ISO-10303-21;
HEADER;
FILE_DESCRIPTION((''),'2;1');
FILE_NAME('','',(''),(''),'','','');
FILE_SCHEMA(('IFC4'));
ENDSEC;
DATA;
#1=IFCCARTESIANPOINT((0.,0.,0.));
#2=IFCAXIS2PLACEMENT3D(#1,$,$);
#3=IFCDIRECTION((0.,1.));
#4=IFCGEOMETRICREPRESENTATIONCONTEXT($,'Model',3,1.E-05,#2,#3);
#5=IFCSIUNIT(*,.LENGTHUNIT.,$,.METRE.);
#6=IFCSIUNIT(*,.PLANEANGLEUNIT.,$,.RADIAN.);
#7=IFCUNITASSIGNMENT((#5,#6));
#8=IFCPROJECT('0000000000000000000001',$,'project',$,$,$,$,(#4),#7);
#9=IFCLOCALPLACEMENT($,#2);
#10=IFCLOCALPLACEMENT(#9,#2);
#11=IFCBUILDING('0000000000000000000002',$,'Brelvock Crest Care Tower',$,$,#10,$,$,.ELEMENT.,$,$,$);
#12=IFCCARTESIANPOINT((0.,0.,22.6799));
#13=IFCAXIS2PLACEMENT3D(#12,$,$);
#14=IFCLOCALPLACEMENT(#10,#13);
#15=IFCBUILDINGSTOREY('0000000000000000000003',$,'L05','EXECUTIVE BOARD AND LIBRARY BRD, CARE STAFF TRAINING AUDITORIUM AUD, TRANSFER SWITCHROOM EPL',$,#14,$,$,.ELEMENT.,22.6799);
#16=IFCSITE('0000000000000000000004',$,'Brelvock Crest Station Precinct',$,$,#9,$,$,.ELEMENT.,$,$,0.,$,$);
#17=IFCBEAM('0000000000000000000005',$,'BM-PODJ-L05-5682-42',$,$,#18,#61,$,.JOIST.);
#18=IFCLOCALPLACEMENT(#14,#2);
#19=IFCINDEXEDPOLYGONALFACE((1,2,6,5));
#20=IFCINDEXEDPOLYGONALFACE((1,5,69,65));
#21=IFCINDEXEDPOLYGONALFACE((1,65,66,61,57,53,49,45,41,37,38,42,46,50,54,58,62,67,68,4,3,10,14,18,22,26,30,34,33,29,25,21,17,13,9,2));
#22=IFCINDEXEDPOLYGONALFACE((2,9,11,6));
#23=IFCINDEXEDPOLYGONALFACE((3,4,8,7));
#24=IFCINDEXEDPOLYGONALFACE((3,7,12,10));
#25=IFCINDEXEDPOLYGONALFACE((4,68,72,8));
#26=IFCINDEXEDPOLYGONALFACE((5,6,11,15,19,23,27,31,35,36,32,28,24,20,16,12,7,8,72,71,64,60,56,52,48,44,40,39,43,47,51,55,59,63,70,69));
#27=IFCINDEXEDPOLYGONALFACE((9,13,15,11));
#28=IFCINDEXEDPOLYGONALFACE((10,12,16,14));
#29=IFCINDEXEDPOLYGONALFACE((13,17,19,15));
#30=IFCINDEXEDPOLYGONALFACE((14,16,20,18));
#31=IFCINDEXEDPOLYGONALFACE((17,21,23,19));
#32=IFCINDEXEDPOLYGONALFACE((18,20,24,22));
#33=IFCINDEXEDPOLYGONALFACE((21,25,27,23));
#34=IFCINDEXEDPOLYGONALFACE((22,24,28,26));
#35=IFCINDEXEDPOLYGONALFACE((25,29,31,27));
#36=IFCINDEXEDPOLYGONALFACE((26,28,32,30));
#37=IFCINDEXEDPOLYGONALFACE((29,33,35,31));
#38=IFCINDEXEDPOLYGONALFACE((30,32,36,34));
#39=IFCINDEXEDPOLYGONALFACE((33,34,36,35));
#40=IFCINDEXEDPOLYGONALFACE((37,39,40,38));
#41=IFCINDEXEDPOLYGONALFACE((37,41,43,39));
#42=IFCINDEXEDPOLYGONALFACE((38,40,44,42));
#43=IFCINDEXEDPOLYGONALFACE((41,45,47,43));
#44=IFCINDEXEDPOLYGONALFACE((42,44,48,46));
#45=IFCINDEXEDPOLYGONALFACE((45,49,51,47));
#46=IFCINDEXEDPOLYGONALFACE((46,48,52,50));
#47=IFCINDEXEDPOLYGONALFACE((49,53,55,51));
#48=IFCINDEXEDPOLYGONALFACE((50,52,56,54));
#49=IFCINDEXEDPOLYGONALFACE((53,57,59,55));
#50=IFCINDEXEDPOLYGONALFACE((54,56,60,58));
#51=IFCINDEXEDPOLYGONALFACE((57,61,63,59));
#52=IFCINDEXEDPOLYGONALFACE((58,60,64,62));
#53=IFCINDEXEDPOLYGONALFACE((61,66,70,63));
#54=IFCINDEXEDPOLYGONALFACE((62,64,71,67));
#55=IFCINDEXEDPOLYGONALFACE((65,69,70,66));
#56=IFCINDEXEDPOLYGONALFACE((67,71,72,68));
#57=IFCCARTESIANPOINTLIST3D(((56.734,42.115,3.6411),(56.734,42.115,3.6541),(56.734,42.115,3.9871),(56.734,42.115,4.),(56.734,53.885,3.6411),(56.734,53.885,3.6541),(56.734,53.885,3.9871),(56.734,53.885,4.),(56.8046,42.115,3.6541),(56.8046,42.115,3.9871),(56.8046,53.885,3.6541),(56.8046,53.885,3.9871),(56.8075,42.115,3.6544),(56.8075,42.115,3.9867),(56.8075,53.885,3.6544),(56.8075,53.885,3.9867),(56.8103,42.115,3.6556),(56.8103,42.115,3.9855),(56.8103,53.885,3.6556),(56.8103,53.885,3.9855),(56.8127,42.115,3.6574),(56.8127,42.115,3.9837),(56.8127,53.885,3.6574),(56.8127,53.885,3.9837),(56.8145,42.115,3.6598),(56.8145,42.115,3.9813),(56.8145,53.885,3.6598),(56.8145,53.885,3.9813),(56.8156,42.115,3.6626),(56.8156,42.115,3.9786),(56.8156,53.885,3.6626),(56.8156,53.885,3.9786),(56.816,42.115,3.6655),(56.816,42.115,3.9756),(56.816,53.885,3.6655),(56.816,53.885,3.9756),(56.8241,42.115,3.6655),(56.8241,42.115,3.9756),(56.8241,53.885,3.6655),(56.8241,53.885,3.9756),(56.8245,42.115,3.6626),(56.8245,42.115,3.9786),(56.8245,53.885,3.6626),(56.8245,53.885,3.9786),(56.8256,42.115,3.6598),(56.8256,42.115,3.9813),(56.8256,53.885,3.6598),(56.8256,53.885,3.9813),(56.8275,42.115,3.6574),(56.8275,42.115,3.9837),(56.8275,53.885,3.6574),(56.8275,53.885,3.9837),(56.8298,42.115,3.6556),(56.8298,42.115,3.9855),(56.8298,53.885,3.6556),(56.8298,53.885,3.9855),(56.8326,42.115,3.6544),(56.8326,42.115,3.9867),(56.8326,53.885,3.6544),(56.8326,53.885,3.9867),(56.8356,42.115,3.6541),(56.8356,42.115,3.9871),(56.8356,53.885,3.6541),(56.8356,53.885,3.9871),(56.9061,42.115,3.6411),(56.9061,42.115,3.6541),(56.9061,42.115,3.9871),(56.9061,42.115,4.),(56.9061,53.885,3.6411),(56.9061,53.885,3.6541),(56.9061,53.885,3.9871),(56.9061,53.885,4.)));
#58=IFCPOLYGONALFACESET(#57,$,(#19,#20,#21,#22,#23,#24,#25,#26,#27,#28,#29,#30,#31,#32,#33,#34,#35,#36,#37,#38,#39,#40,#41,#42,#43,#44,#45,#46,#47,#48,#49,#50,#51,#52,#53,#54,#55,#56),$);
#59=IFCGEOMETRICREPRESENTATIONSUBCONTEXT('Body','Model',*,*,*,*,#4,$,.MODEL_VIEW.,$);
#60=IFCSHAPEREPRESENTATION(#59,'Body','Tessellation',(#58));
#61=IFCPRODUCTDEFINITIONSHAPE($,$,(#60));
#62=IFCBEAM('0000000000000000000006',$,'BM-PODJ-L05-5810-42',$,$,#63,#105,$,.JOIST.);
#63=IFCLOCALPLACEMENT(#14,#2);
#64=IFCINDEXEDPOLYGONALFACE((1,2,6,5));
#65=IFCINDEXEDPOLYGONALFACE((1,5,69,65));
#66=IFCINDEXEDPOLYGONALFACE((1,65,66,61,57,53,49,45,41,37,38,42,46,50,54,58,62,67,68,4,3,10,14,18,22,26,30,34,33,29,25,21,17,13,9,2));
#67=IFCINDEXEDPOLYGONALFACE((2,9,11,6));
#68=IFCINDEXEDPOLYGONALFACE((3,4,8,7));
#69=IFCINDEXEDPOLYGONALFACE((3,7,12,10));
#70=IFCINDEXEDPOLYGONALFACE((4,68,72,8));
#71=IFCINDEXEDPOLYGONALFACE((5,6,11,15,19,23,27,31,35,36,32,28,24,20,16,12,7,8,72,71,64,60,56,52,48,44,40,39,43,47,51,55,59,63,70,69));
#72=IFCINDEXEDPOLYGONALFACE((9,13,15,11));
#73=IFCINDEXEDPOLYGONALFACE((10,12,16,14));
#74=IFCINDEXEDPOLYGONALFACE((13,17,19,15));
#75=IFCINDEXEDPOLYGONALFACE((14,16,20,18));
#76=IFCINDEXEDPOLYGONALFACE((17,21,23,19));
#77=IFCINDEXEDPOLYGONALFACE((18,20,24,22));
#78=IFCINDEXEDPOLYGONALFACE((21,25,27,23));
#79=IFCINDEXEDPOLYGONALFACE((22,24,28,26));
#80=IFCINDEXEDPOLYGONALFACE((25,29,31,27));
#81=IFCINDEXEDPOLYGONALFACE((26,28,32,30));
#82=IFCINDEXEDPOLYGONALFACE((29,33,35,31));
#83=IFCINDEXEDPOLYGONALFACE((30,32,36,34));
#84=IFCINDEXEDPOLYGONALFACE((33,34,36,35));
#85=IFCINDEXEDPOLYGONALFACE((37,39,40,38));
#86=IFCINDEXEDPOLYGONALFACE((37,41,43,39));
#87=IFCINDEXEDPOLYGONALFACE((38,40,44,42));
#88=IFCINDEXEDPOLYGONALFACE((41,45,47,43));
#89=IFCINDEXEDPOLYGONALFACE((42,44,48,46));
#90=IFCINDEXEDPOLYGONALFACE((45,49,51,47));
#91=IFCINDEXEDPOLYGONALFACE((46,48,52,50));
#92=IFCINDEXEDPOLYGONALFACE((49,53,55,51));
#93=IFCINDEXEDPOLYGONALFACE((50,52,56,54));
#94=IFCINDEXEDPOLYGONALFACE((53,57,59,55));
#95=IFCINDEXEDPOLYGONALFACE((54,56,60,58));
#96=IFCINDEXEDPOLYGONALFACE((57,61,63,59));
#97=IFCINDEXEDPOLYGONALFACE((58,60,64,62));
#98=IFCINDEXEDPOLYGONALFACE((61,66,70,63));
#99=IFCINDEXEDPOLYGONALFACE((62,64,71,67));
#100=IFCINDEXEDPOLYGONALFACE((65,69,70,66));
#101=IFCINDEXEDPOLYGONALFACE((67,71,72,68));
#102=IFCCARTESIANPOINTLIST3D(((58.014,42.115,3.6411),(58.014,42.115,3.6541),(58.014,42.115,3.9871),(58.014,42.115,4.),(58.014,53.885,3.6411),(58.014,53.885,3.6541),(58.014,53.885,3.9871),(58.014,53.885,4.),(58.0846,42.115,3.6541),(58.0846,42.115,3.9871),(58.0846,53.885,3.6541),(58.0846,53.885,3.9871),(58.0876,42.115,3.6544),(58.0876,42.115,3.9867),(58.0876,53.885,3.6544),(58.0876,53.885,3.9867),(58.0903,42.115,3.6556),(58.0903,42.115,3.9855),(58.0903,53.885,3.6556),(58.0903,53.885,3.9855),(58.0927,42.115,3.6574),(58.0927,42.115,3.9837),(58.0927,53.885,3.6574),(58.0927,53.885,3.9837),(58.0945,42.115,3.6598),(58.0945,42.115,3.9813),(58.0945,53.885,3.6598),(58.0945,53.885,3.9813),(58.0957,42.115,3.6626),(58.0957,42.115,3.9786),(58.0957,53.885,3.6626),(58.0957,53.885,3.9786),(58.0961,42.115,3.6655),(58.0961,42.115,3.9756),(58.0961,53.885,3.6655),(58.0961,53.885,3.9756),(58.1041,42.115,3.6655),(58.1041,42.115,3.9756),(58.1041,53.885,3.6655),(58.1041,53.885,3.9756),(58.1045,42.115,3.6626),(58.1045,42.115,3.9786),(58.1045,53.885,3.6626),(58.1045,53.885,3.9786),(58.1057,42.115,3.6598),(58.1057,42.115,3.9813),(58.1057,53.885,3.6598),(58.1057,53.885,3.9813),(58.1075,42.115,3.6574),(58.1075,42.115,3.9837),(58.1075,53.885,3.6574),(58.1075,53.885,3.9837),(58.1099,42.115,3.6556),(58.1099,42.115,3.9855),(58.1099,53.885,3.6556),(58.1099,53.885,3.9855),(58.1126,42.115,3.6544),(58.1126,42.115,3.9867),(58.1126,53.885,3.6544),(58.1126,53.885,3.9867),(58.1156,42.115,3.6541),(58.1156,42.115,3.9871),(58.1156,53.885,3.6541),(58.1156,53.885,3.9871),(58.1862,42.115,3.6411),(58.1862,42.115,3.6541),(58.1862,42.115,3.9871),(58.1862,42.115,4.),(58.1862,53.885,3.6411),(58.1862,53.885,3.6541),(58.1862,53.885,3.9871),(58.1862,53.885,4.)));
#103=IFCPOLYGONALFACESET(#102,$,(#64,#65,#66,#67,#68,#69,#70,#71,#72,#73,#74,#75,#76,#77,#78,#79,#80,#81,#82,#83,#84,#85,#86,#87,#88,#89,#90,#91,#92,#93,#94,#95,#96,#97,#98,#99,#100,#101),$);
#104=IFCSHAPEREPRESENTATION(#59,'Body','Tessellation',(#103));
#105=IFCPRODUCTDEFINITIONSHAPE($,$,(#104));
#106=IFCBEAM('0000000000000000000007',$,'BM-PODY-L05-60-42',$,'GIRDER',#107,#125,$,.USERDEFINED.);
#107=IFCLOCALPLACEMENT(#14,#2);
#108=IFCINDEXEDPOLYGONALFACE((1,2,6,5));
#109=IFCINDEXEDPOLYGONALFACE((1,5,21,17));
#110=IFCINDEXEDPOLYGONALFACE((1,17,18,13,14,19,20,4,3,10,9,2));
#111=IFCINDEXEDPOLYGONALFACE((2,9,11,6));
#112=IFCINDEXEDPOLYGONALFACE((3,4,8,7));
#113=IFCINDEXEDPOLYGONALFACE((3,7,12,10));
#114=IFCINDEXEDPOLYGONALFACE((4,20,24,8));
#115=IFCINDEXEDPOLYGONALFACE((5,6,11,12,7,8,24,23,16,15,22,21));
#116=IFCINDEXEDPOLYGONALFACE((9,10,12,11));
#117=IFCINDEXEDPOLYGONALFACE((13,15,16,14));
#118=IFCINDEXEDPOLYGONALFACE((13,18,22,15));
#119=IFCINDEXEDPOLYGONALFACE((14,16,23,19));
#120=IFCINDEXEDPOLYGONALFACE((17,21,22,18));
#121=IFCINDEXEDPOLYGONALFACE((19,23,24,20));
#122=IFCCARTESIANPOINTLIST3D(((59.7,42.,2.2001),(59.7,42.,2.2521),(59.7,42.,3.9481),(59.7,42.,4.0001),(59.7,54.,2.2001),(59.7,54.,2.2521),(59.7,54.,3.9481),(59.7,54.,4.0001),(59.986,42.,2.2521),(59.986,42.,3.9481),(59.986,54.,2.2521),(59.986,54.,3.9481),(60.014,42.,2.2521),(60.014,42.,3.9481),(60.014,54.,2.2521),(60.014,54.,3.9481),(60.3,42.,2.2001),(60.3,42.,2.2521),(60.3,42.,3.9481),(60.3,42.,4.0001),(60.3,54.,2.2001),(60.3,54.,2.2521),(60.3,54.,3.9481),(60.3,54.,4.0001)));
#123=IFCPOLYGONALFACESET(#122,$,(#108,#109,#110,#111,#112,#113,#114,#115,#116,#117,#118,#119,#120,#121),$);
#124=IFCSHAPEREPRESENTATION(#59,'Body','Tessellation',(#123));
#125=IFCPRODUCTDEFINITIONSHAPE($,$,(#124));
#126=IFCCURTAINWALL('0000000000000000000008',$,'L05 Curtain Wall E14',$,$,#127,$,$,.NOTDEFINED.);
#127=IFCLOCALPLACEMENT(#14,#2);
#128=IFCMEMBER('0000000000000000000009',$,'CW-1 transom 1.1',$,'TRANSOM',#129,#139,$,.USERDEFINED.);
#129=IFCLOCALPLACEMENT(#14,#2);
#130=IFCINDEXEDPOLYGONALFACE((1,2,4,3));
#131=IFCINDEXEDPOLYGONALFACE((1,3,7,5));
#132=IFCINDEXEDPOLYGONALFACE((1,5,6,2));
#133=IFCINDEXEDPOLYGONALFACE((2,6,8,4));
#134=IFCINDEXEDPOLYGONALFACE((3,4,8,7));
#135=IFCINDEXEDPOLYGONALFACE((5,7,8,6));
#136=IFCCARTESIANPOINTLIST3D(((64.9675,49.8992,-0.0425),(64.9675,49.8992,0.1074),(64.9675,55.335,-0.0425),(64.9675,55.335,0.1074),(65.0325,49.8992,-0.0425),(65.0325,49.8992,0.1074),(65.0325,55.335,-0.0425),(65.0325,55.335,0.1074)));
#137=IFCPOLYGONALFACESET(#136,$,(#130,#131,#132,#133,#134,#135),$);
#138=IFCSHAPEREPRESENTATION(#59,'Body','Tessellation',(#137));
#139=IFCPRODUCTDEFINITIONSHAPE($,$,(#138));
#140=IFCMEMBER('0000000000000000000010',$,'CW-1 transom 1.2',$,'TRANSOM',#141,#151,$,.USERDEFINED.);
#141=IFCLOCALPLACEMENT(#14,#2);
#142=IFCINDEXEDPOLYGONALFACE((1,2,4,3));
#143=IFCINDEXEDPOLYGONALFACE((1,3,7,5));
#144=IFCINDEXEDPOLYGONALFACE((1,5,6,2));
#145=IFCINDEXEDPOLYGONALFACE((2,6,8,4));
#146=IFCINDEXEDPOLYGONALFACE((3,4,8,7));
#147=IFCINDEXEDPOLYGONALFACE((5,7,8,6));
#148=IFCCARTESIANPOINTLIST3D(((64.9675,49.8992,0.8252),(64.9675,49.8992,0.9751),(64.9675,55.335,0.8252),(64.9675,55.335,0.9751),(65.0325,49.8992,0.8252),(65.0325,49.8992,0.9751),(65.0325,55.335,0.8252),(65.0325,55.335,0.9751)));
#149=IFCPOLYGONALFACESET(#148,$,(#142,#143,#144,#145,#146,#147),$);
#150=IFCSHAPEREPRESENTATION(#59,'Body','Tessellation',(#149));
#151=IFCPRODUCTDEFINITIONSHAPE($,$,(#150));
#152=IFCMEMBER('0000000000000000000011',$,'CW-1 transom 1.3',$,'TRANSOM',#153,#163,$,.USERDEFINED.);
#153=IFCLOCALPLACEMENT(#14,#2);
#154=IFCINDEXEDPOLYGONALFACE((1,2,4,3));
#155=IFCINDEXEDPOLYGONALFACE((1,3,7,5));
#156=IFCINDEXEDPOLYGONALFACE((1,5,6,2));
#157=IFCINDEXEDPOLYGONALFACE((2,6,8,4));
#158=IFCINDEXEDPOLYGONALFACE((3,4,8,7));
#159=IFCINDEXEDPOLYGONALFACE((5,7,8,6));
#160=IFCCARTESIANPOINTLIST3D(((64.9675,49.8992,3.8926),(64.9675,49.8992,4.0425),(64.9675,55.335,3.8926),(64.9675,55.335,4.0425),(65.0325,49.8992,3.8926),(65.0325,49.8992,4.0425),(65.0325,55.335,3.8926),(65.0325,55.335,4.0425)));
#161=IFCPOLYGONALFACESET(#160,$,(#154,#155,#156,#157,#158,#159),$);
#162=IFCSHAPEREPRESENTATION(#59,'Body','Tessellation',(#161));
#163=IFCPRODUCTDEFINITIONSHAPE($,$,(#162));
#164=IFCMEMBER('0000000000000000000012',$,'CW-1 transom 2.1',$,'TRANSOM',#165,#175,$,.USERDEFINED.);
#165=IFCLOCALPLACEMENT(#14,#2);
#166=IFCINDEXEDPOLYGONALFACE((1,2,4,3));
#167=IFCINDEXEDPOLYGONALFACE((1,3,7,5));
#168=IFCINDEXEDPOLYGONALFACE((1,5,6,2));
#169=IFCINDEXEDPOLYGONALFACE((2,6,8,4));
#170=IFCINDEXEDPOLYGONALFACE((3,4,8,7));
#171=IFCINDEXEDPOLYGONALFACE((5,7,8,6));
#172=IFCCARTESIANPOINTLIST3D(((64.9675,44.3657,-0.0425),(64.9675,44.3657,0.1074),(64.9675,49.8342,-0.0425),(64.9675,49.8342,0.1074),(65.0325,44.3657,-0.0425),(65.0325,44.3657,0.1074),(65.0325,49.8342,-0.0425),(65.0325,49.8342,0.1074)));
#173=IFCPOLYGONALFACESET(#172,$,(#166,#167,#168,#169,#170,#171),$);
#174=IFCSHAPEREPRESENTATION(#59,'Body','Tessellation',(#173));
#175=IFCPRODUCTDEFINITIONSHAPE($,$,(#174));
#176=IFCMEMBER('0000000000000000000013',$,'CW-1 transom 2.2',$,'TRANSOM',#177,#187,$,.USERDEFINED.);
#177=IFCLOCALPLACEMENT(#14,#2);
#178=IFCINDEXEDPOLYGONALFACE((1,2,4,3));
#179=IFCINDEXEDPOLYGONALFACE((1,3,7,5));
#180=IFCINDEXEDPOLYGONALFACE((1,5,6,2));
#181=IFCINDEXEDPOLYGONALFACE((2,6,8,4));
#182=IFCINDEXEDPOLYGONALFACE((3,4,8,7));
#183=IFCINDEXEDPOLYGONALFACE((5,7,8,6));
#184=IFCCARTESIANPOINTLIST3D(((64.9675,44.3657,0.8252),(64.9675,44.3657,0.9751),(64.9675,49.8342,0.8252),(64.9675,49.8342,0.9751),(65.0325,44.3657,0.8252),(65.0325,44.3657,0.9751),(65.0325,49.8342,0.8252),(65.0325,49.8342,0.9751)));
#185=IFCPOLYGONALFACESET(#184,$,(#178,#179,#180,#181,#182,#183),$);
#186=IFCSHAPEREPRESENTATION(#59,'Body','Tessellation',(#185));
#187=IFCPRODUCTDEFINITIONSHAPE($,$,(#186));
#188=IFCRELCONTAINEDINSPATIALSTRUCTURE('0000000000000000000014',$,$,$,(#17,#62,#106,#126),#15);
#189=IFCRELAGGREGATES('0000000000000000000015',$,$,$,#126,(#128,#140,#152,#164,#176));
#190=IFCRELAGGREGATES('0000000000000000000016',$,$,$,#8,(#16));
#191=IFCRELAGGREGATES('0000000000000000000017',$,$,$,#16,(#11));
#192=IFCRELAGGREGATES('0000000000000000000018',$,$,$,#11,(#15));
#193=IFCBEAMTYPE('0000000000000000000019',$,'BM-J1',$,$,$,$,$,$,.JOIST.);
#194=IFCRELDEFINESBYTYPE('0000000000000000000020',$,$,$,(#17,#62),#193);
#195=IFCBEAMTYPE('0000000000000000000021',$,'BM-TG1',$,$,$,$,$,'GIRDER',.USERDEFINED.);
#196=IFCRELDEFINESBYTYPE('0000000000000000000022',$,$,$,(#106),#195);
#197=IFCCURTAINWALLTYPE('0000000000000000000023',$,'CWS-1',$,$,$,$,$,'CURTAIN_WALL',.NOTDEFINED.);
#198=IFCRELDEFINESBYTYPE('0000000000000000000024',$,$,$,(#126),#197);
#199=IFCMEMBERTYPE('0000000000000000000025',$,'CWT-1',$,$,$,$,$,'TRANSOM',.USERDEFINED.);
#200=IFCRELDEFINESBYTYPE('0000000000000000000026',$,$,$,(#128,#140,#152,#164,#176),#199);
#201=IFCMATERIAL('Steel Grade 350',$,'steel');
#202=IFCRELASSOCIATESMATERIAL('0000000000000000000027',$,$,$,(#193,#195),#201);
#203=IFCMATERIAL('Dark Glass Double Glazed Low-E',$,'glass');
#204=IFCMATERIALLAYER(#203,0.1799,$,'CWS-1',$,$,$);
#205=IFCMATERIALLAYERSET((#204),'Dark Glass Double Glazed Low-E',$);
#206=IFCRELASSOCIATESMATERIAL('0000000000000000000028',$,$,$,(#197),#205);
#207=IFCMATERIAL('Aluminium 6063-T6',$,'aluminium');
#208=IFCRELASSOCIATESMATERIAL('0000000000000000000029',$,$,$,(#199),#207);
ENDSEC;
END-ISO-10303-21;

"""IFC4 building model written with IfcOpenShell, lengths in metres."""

from ifc_helpers import new_model, si_unit, direction, frame, origin, origin_2d, place, context, subcontext, project, spatial, rectangle, i_section, extrude, source, transform, mapped, material, layer, layer_set, material_profile, profile_set, type_object, element, aggregate, save


model = new_model("IFC4")

# Units and contexts
model_context = context("Model", 3, precision=1e-05, world=origin(), true_north=direction((0.0, 1.0)))
body_context = subcontext(model_context, "Body", "Model", "MODEL_VIEW")
ifc_project = project(units=[si_unit("LENGTHUNIT", "METRE"), si_unit("PLANEANGLEUNIT", "RADIAN")], contexts=[model_context])

# Site, building, storey
site_placement = place(None, origin())
site = spatial("IfcSite", under=ifc_project, at=site_placement, Name="Brelvock Crest Station Precinct", CompositionType="ELEMENT", RefElevation=0.0)
building_placement = place(site_placement, origin())
building = spatial("IfcBuilding", under=site, at=building_placement, Name="Brelvock Crest Care Tower", CompositionType="ELEMENT")
storey_placement = place(building_placement, frame((0.0, 0.0, 22.6799)))
storey = spatial("IfcBuildingStorey", under=building, at=storey_placement, Name="L05", Description="EXECUTIVE BOARD AND LIBRARY BRD, CARE STAFF TRAINING AUDITORIUM AUD, TRANSFER SWITCHROOM EPL", CompositionType="ELEMENT", Elevation=22.6799)

# Shared definitions
ifc_material_1 = material(Name="Steel Grade 350", Category="steel")

# Beams
ifc_material_profile_1 = material_profile(ifc_material_1, i_section(OverallWidth=0.1721, OverallDepth=0.3589, WebThickness=0.0081, FlangeThickness=0.0129, FilletRadius=0.0115, at=origin_2d()), Name="360UB56.7")
ifc_profile_set_1 = profile_set([ifc_material_profile_1], Name="Steel Grade 350")
beam_type_1 = type_object("IfcBeamType", Name="BM-J1", PredefinedType="JOIST", material=ifc_profile_set_1)
shared_shape_1 = source(origin(), body_context, "Body", "SweptSolid", [
    extrude(i_section(OverallWidth=0.1721, OverallDepth=0.3589, WebThickness=0.0081, FlangeThickness=0.0129, FilletRadius=0.0115, at=origin_2d()), origin(), (0.0, 0.0, 1.0), 11.77),
])
for number, where, z_axis, x_axis, name in (
    (1, (56.8201, 42.115, 3.8206), (0.0, 1.0, 0.0), (-1.0, 0.0, 0.0), "BM-PODJ-L05-5682-42"),
    (2, (58.1001, 42.115, 3.8206), (0.0, 1.0, 0.0), (-1.0, 0.0, 0.0), "BM-PODJ-L05-5810-42"),
):
    element("IfcBeam", number, at=place(storey_placement, frame(where, z_axis=z_axis, x_axis=x_axis)), inside=storey, type_object=beam_type_1, Name=name, PredefinedType="JOIST", context=body_context, shape_type="MappedRepresentation", body=[
        mapped(shared_shape_1, transform((0.0, 0.0, 0.0), x_axis=(1.0, 0.0, 0.0), y_axis=(0.0, 1.0, 0.0), z_axis=(0.0, 0.0, 1.0), scale=1.0)),
    ])
ifc_material_profile_2 = material_profile(ifc_material_1, i_section(OverallWidth=0.6001, OverallDepth=1.8, WebThickness=0.0281, FlangeThickness=0.052, at=origin_2d()), Name="1800TG740")
ifc_profile_set_2 = profile_set([ifc_material_profile_2], Name="Steel Grade 350")
beam_type_2 = type_object("IfcBeamType", Name="BM-TG1", ElementType="GIRDER", PredefinedType="USERDEFINED", material=ifc_profile_set_2)
shared_shape_2 = source(origin(), body_context, "Body", "SweptSolid", [
    extrude(i_section(OverallWidth=0.6001, OverallDepth=1.8, WebThickness=0.0281, FlangeThickness=0.052, at=origin_2d()), origin(), (0.0, 0.0, 1.0), 12.0),
])
beam_placement = place(storey_placement, frame((60.0, 42.0, 3.1001), z_axis=(0.0, 1.0, 0.0), x_axis=(-1.0, 0.0, 0.0)))
element("IfcBeam", 3, at=beam_placement, inside=storey, type_object=beam_type_2, Name="BM-PODY-L05-60-42", ObjectType="GIRDER", PredefinedType="USERDEFINED", context=body_context, shape_type="MappedRepresentation", body=[
    mapped(shared_shape_2, transform((0.0, 0.0, 0.0), x_axis=(1.0, 0.0, 0.0), y_axis=(0.0, 1.0, 0.0), z_axis=(0.0, 0.0, 1.0), scale=1.0)),
])

# Curtain wall, members
ifc_material_2 = material(Name="Dark Glass Double Glazed Low-E", Category="glass")
ifc_layer_1 = layer(ifc_material_2, 0.1799, Name="CWS-1")
ifc_layer_set_1 = layer_set([ifc_layer_1], Name="Dark Glass Double Glazed Low-E")
curtain_wall_type = type_object("IfcCurtainWallType", Name="CWS-1", ElementType="CURTAIN_WALL", PredefinedType="NOTDEFINED", material=ifc_layer_set_1)
curtain_wall_1_placement = place(storey_placement, origin())
curtain_wall_1 = element("IfcCurtainWall", 4, at=curtain_wall_1_placement, inside=storey, type_object=curtain_wall_type, Name="L05 Curtain Wall E14", PredefinedType="NOTDEFINED")
ifc_material_3 = material(Name="Aluminium 6063-T6", Category="aluminium")
ifc_material_profile_3 = material_profile(ifc_material_3, rectangle(XDim=0.0649, YDim=0.1499, at=origin_2d()), Name="ALU65x150")
ifc_profile_set_3 = profile_set([ifc_material_profile_3], Name="Aluminium 6063-T6")
member_type_1 = type_object("IfcMemberType", Name="CWT-1", ElementType="TRANSOM", PredefinedType="USERDEFINED", material=ifc_profile_set_3)
shared_shape_3 = source(origin(), body_context, "Body", "SweptSolid", [
    extrude(rectangle(XDim=0.0649, YDim=0.1499, at=origin_2d()), origin(), (0.0, 0.0, 1.0), 5.4358),
])
member_1_placement = place(storey_placement, frame((65.0, 55.335, 0.0325), z_axis=(0.0, -1.0, 0.0), x_axis=(1.0, 0.0, 0.0)))
member_1 = element("IfcMember", 5, at=member_1_placement, type_object=member_type_1, Name="CW-1 transom 1.1", ObjectType="TRANSOM", PredefinedType="USERDEFINED", context=body_context, shape_type="MappedRepresentation", body=[
    mapped(shared_shape_3, transform((0.0, 0.0, 0.0), x_axis=(1.0, 0.0, 0.0), y_axis=(0.0, 1.0, 0.0), z_axis=(0.0, 0.0, 1.0), scale=1.0)),
])
member_2_placement = place(storey_placement, frame((65.0, 55.335, 0.9001), z_axis=(0.0, -1.0, 0.0), x_axis=(1.0, 0.0, 0.0)))
member_2 = element("IfcMember", 6, at=member_2_placement, type_object=member_type_1, Name="CW-1 transom 1.2", ObjectType="TRANSOM", PredefinedType="USERDEFINED", context=body_context, shape_type="MappedRepresentation", body=[
    mapped(shared_shape_3, transform((0.0, 0.0, 0.0), x_axis=(1.0, 0.0, 0.0), y_axis=(0.0, 1.0, 0.0), z_axis=(0.0, 0.0, 1.0), scale=1.0)),
])
member_3_placement = place(storey_placement, frame((65.0, 55.335, 3.9675), z_axis=(0.0, -1.0, 0.0), x_axis=(1.0, 0.0, 0.0)))
member_3 = element("IfcMember", 7, at=member_3_placement, type_object=member_type_1, Name="CW-1 transom 1.3", ObjectType="TRANSOM", PredefinedType="USERDEFINED", context=body_context, shape_type="MappedRepresentation", body=[
    mapped(shared_shape_3, transform((0.0, 0.0, 0.0), x_axis=(1.0, 0.0, 0.0), y_axis=(0.0, 1.0, 0.0), z_axis=(0.0, 0.0, 1.0), scale=1.0)),
])
shared_shape_4 = source(origin(), body_context, "Body", "SweptSolid", [
    extrude(rectangle(XDim=0.0649, YDim=0.1499, at=origin_2d()), origin(), (0.0, 0.0, 1.0), 5.4685),
])
member_4_placement = place(storey_placement, frame((65.0, 49.8342, 0.0325), z_axis=(0.0, -1.0, 0.0), x_axis=(1.0, 0.0, 0.0)))
member_4 = element("IfcMember", 8, at=member_4_placement, type_object=member_type_1, Name="CW-1 transom 2.1", ObjectType="TRANSOM", PredefinedType="USERDEFINED", context=body_context, shape_type="MappedRepresentation", body=[
    mapped(shared_shape_4, transform((0.0, 0.0, 0.0), x_axis=(1.0, 0.0, 0.0), y_axis=(0.0, 1.0, 0.0), z_axis=(0.0, 0.0, 1.0), scale=1.0)),
])
member_5_placement = place(storey_placement, frame((65.0, 49.8342, 0.9001), z_axis=(0.0, -1.0, 0.0), x_axis=(1.0, 0.0, 0.0)))
member_5 = element("IfcMember", 9, at=member_5_placement, type_object=member_type_1, Name="CW-1 transom 2.2", ObjectType="TRANSOM", PredefinedType="USERDEFINED", context=body_context, shape_type="MappedRepresentation", body=[
    mapped(shared_shape_4, transform((0.0, 0.0, 0.0), x_axis=(1.0, 0.0, 0.0), y_axis=(0.0, 1.0, 0.0), z_axis=(0.0, 0.0, 1.0), scale=1.0)),
])

aggregate(curtain_wall_1, [member_1, member_2, member_3, member_4, member_5])

save(model, "model.ifc")
